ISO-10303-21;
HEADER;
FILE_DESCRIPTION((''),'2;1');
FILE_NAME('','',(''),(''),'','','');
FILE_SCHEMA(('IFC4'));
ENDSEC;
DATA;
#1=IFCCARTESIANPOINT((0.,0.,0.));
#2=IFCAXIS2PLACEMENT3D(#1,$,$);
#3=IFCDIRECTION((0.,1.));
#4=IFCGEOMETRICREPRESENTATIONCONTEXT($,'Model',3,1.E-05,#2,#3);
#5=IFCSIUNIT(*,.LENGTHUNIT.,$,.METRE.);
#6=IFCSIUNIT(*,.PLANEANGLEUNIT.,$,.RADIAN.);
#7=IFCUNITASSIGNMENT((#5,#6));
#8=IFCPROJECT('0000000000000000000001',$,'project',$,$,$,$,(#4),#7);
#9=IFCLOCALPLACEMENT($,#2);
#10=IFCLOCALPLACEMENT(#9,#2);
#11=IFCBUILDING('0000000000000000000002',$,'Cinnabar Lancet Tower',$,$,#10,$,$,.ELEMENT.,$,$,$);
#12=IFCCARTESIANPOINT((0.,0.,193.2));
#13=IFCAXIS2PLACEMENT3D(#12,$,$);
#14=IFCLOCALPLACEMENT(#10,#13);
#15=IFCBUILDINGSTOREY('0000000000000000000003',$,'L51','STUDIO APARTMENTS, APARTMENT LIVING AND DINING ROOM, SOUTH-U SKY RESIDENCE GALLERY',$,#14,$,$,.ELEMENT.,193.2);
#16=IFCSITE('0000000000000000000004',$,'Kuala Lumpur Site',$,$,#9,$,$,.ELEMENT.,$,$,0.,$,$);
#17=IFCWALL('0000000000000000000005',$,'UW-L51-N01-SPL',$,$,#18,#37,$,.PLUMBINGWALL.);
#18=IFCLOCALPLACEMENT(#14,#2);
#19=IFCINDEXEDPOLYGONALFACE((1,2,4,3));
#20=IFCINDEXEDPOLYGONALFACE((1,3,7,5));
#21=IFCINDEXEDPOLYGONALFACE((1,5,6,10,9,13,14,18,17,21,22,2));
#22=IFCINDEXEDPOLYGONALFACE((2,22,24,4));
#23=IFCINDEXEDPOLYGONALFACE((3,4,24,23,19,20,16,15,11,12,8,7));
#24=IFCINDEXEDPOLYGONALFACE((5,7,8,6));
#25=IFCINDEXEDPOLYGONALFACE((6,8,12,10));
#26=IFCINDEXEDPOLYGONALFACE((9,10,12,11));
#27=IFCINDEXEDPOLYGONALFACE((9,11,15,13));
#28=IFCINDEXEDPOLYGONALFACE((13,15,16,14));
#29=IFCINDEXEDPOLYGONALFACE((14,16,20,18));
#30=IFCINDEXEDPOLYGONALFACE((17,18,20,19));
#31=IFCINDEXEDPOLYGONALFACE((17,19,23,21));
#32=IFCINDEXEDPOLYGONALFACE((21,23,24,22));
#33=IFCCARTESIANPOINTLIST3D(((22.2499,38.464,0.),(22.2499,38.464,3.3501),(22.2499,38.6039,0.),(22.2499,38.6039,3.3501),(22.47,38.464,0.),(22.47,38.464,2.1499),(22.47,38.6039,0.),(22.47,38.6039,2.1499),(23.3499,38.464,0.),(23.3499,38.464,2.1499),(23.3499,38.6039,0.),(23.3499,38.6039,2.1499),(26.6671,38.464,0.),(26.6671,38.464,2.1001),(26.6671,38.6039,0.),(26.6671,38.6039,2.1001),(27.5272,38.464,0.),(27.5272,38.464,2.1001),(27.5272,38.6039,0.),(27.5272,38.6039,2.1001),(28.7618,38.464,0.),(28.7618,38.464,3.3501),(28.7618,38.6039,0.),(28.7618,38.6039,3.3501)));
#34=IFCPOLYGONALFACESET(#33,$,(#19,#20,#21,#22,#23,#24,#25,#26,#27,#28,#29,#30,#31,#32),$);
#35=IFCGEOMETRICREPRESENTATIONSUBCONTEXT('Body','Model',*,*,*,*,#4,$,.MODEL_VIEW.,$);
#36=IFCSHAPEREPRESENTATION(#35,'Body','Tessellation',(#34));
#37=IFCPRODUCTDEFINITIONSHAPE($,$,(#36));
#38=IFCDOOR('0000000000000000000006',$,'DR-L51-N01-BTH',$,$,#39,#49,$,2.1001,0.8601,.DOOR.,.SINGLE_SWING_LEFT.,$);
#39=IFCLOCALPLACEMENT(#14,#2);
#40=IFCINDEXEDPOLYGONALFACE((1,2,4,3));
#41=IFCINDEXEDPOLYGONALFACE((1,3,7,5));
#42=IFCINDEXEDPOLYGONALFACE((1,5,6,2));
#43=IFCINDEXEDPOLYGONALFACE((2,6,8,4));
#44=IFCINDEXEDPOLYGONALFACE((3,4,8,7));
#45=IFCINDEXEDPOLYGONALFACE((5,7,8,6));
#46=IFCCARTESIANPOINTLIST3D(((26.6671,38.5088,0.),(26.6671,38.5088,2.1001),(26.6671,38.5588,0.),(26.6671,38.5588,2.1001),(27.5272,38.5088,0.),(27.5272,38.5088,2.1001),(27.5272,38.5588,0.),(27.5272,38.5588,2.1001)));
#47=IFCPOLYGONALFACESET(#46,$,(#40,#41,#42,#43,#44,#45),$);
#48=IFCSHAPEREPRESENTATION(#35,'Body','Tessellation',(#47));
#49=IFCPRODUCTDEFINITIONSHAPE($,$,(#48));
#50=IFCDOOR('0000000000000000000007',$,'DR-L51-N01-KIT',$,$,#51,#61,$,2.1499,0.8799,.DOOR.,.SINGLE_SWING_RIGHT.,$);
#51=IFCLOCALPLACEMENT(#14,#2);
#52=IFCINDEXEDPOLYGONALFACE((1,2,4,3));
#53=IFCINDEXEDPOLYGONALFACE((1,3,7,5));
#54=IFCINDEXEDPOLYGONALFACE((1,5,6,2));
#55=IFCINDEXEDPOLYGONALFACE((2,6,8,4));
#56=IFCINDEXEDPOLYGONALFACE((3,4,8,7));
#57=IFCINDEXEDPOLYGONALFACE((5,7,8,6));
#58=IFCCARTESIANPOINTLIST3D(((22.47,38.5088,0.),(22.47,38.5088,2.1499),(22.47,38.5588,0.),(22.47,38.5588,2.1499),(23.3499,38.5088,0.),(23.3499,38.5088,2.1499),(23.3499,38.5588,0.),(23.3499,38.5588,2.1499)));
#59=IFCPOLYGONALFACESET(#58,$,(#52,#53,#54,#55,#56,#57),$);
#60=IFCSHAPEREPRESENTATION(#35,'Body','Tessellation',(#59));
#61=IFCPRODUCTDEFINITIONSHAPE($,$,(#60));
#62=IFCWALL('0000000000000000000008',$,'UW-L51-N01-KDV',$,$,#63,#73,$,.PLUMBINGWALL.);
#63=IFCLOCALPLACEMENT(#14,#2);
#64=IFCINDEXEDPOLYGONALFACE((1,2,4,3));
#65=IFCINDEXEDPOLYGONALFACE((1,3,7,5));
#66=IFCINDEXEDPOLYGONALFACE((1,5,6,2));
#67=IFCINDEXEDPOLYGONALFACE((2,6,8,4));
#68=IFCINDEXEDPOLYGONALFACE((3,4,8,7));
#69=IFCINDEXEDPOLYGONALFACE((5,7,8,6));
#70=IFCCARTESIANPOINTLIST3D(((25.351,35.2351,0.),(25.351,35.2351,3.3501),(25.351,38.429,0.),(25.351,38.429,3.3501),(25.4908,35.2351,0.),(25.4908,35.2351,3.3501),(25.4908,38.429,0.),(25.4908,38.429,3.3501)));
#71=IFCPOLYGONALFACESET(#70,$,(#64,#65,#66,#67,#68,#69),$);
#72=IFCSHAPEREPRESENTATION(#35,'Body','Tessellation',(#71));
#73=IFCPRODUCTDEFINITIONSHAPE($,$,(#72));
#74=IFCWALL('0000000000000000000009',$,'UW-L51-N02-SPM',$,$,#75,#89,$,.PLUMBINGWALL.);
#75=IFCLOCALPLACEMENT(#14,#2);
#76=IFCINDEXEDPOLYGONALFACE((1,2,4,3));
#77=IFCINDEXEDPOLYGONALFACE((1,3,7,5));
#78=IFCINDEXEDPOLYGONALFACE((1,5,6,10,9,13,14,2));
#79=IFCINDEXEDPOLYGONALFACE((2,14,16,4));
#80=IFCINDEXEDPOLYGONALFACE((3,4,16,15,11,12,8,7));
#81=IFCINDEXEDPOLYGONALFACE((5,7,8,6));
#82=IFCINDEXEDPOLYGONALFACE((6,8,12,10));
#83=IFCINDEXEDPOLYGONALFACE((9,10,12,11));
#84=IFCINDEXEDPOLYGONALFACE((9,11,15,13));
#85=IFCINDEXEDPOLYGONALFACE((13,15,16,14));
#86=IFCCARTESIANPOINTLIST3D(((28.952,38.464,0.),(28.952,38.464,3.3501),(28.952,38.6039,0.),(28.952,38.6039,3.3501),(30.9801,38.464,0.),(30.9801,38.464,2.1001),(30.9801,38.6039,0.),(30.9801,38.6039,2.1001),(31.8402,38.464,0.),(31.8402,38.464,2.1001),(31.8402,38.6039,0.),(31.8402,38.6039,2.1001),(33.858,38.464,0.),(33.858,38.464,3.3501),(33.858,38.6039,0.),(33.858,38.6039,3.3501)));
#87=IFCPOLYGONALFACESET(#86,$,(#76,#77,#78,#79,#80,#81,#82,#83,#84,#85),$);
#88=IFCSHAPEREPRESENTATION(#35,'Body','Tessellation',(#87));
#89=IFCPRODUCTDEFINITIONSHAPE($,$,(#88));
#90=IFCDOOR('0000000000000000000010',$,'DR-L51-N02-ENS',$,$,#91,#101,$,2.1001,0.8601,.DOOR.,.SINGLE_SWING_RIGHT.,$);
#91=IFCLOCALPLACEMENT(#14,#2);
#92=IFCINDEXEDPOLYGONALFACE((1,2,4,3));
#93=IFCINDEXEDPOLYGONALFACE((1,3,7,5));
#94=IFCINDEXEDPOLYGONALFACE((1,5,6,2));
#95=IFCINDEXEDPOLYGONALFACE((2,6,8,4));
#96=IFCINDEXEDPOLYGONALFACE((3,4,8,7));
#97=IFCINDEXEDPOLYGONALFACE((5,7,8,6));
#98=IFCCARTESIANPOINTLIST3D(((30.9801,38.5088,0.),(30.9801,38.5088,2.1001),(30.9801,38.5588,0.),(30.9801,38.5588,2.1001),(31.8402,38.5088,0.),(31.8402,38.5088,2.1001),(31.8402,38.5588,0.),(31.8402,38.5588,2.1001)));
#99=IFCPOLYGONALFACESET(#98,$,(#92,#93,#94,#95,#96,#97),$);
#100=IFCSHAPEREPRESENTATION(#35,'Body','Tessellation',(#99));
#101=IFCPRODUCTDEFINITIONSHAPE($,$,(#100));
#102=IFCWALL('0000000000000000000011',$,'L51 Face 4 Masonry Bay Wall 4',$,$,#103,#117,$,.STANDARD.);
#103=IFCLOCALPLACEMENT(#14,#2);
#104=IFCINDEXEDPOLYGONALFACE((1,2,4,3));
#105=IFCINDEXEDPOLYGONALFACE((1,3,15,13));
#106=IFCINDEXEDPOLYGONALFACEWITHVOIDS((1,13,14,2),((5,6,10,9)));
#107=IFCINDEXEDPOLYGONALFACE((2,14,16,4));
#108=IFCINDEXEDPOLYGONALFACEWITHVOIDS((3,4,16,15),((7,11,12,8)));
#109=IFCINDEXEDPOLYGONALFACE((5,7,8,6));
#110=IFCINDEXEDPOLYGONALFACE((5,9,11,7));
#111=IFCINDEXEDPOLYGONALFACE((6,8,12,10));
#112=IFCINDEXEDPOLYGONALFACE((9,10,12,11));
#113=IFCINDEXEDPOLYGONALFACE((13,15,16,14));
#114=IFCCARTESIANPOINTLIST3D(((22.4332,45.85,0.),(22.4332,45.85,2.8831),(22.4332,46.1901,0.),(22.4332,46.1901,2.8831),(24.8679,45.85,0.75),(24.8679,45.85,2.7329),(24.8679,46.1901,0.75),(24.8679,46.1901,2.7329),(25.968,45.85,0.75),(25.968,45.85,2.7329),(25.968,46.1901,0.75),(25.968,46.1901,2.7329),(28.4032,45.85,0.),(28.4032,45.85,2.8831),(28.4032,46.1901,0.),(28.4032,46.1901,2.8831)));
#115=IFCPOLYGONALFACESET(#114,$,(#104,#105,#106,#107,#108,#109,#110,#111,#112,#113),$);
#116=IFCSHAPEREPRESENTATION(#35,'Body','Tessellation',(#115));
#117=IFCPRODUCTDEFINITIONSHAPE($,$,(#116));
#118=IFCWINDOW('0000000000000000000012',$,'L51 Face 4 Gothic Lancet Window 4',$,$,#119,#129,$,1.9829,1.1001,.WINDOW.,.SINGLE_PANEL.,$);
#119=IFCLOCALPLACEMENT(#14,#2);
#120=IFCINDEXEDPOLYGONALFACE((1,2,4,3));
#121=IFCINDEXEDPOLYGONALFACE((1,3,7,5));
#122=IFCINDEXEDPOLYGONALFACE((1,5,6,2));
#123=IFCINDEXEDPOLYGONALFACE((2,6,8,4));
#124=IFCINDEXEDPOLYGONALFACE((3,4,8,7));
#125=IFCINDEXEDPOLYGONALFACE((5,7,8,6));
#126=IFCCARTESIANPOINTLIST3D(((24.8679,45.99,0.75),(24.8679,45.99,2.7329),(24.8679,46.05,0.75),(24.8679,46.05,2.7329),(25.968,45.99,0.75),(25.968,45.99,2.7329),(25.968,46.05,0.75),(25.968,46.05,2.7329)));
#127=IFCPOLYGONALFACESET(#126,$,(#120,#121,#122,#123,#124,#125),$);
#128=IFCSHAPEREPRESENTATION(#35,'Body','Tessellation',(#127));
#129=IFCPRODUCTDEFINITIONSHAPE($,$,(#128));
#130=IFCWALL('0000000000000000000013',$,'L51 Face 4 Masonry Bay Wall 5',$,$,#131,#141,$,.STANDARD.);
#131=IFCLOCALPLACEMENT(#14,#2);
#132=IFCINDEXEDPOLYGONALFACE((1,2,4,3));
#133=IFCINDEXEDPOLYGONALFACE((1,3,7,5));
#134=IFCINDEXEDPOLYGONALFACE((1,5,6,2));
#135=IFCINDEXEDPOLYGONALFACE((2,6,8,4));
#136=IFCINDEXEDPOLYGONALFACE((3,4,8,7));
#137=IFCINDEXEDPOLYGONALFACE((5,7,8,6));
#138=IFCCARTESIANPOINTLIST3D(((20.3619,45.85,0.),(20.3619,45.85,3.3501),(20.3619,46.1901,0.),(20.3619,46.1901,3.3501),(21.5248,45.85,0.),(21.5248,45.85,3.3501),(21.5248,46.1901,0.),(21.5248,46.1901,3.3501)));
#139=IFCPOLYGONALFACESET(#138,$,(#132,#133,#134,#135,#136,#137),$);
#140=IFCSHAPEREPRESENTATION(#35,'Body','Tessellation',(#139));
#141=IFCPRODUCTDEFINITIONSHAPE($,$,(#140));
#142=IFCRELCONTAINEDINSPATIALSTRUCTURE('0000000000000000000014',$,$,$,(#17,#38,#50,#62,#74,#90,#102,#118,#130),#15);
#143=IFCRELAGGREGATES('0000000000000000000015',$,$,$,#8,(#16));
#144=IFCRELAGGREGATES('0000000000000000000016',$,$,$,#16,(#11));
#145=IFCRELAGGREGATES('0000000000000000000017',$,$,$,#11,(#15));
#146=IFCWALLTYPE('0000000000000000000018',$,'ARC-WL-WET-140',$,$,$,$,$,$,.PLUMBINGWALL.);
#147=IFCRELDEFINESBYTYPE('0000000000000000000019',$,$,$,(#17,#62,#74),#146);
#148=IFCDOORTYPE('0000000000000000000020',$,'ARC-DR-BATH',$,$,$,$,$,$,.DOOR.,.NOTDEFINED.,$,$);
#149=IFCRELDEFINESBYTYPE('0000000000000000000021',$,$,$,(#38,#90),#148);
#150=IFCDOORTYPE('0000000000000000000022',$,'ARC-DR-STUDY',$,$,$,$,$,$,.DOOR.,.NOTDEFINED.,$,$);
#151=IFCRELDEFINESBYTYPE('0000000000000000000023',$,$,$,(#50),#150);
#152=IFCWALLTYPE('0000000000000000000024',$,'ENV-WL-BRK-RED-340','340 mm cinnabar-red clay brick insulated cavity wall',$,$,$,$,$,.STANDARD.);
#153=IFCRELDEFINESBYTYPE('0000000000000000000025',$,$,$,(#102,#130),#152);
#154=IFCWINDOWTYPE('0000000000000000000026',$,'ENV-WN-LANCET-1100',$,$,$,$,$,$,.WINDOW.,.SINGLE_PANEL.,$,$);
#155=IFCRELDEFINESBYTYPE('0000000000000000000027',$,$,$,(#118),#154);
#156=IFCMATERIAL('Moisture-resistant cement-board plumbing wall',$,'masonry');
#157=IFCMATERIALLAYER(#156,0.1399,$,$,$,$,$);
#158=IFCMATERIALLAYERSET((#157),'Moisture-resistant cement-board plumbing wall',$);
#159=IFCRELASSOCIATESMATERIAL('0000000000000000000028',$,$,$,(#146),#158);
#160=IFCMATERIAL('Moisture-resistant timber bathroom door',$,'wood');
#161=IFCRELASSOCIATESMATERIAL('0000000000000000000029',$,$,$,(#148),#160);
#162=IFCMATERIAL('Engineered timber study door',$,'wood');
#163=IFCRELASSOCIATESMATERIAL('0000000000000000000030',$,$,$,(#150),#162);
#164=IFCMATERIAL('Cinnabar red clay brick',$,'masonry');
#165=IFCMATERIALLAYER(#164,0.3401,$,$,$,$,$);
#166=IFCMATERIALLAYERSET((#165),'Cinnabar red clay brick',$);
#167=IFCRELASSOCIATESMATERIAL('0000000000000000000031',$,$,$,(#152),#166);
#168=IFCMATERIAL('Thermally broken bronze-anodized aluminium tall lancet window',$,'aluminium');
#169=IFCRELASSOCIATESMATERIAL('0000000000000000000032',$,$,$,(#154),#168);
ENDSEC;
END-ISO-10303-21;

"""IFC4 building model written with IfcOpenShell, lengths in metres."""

from ifc_helpers import new_model, si_unit, direction, frame, frame_2d, origin, place, context, subcontext, project, spatial, rectangle, extrude, material, layer, layer_set, type_object, element, fill, save


model = new_model("IFC4")

# Units and contexts
model_context = context("Model", 3, precision=1e-05, world=origin(), true_north=direction((0.0, 1.0)))
body_context = subcontext(model_context, "Body", "Model", "MODEL_VIEW")
ifc_project = project(units=[si_unit("LENGTHUNIT", "METRE"), si_unit("PLANEANGLEUNIT", "RADIAN")], contexts=[model_context])

# Site, building, storey
site_placement = place(None, origin())
site = spatial("IfcSite", under=ifc_project, at=site_placement, Name="Kuala Lumpur Site", CompositionType="ELEMENT", RefElevation=0.0)
building_placement = place(site_placement, origin())
building = spatial("IfcBuilding", under=site, at=building_placement, Name="Cinnabar Lancet Tower", CompositionType="ELEMENT")
storey_placement = place(building_placement, frame((0.0, 0.0, 193.2)))
storey = spatial("IfcBuildingStorey", under=building, at=storey_placement, Name="L51", Description="STUDIO APARTMENTS, APARTMENT LIVING AND DINING ROOM, SOUTH-U SKY RESIDENCE GALLERY", CompositionType="ELEMENT", Elevation=193.2)

# Wall, openings, doors
ifc_material_1 = material(Name="Moisture-resistant cement-board plumbing wall", Category="masonry")
ifc_layer_1 = layer(ifc_material_1, 0.1399)
ifc_layer_set_1 = layer_set([ifc_layer_1], Name="Moisture-resistant cement-board plumbing wall")
wall_type_1 = type_object("IfcWallType", Name="ARC-WL-WET-140", PredefinedType="PLUMBINGWALL", material=ifc_layer_set_1)
wall_1_placement = place(storey_placement, frame((22.25, 38.5339, 0.0), z_axis=(0.0, 0.0, 1.0), x_axis=(1.0, 0.0, 0.0)))
wall_1 = element("IfcWall", 1, at=wall_1_placement, inside=storey, type_object=wall_type_1, Name="UW-L51-N01-SPL", PredefinedType="PLUMBINGWALL", context=body_context, shape_type="SweptSolid", body=[
    extrude(rectangle(XDim=6.512, YDim=0.1399, at=frame_2d((3.2559, 0.0))), origin(), (0.0, 0.0, 1.0), 3.3501),
])
opening_1_placement = place(wall_1_placement, frame((4.417, 0.0, 0.0)))
opening_1 = element("IfcOpeningElement", 2, at=opening_1_placement, cuts=wall_1, PredefinedType="OPENING", context=body_context, shape_type="SweptSolid", body=[
    extrude(rectangle(XDim=0.8601, YDim=2.1001, at=frame_2d((0.4302, 1.05))), frame((0.0, 0.0798, 0.0), z_axis=(0.0, -1.0, 0.0), x_axis=(1.0, 0.0, 0.0)), (0.0, 0.0, 1.0), 0.1599),
])
opening_2_placement = place(wall_1_placement, frame((0.22, 0.0, 0.0)))
opening_2 = element("IfcOpeningElement", 3, at=opening_2_placement, cuts=wall_1, PredefinedType="OPENING", context=body_context, shape_type="SweptSolid", body=[
    extrude(rectangle(XDim=0.8799, YDim=2.1499, at=frame_2d((0.4399, 1.075))), frame((0.0, 0.0798, 0.0), z_axis=(0.0, -1.0, 0.0), x_axis=(1.0, 0.0, 0.0)), (0.0, 0.0, 1.0), 0.1599),
])
ifc_material_2 = material(Name="Moisture-resistant timber bathroom door", Category="wood")
door_type_1 = type_object("IfcDoorType", Name="ARC-DR-BATH", OperationType="NOTDEFINED", PredefinedType="DOOR", material=ifc_material_2)
door_1_placement = place(opening_1_placement, origin())
door_1 = element("IfcDoor", 4, at=door_1_placement, inside=storey, type_object=door_type_1, Name="DR-L51-N01-BTH", OperationType="SINGLE_SWING_LEFT", OverallHeight=2.1001, OverallWidth=0.8601, PredefinedType="DOOR", context=body_context, shape_type="SweptSolid", body=[
    extrude(rectangle(XDim=0.8601, YDim=2.1001, at=frame_2d((0.4302, 1.05))), frame((0.0, 0.0249, 0.0), z_axis=(0.0, -1.0, 0.0), x_axis=(1.0, 0.0, 0.0)), (0.0, 0.0, 1.0), 0.05),
])
fill(opening_1, door_1)
ifc_material_3 = material(Name="Engineered timber study door", Category="wood")
door_type_2 = type_object("IfcDoorType", Name="ARC-DR-STUDY", OperationType="NOTDEFINED", PredefinedType="DOOR", material=ifc_material_3)
door_2_placement = place(opening_2_placement, origin())
door_2 = element("IfcDoor", 5, at=door_2_placement, inside=storey, type_object=door_type_2, Name="DR-L51-N01-KIT", OperationType="SINGLE_SWING_RIGHT", OverallHeight=2.1499, OverallWidth=0.8799, PredefinedType="DOOR", context=body_context, shape_type="SweptSolid", body=[
    extrude(rectangle(XDim=0.8799, YDim=2.1499, at=frame_2d((0.4399, 1.075))), frame((0.0, 0.0249, 0.0), z_axis=(0.0, -1.0, 0.0), x_axis=(1.0, 0.0, 0.0)), (0.0, 0.0, 1.0), 0.05),
])
fill(opening_2, door_2)

# Wall
wall_2_placement = place(storey_placement, frame((25.4209, 35.2351, 0.0), z_axis=(0.0, 0.0, 1.0), x_axis=(0.0, 1.0, 0.0)))
element("IfcWall", 6, at=wall_2_placement, inside=storey, type_object=wall_type_1, Name="UW-L51-N01-KDV", PredefinedType="PLUMBINGWALL", context=body_context, shape_type="SweptSolid", body=[
    extrude(rectangle(XDim=3.1938, YDim=0.1399, at=frame_2d((1.5969, 0.0))), origin(), (0.0, 0.0, 1.0), 3.3501),
])

# Wall, opening, door
wall_3_placement = place(storey_placement, frame((28.9519, 38.5339, 0.0), z_axis=(0.0, 0.0, 1.0), x_axis=(1.0, 0.0, 0.0)))
wall_3 = element("IfcWall", 7, at=wall_3_placement, inside=storey, type_object=wall_type_1, Name="UW-L51-N02-SPM", PredefinedType="PLUMBINGWALL", context=body_context, shape_type="SweptSolid", body=[
    extrude(rectangle(XDim=4.906, YDim=0.1399, at=frame_2d((2.4531, 0.0))), origin(), (0.0, 0.0, 1.0), 3.3501),
])
opening_3_placement = place(wall_3_placement, frame((2.0281, 0.0, 0.0)))
opening_3 = element("IfcOpeningElement", 8, at=opening_3_placement, cuts=wall_3, PredefinedType="OPENING", context=body_context, shape_type="SweptSolid", body=[
    extrude(rectangle(XDim=0.8601, YDim=2.1001, at=frame_2d((0.4302, 1.05))), frame((0.0, 0.0798, 0.0), z_axis=(0.0, -1.0, 0.0), x_axis=(1.0, 0.0, 0.0)), (0.0, 0.0, 1.0), 0.1599),
])
door_3_placement = place(opening_3_placement, origin())
door_3 = element("IfcDoor", 9, at=door_3_placement, inside=storey, type_object=door_type_1, Name="DR-L51-N02-ENS", OperationType="SINGLE_SWING_RIGHT", OverallHeight=2.1001, OverallWidth=0.8601, PredefinedType="DOOR", context=body_context, shape_type="SweptSolid", body=[
    extrude(rectangle(XDim=0.8601, YDim=2.1001, at=frame_2d((0.4302, 1.05))), frame((0.0, 0.0249, 0.0), z_axis=(0.0, -1.0, 0.0), x_axis=(1.0, 0.0, 0.0)), (0.0, 0.0, 1.0), 0.05),
])
fill(opening_3, door_3)

# Wall, opening, window
ifc_material_4 = material(Name="Cinnabar red clay brick", Category="masonry")
ifc_layer_2 = layer(ifc_material_4, 0.3401)
ifc_layer_set_2 = layer_set([ifc_layer_2], Name="Cinnabar red clay brick")
wall_type_2 = type_object("IfcWallType", Name="ENV-WL-BRK-RED-340", Description="340 mm cinnabar-red clay brick insulated cavity wall", PredefinedType="STANDARD", material=ifc_layer_set_2)
wall_4_placement = place(storey_placement, frame((28.4031, 46.02, 0.0), z_axis=(0.0, 0.0, 1.0), x_axis=(-1.0, 0.0, 0.0)))
wall_4 = element("IfcWall", 10, at=wall_4_placement, inside=storey, type_object=wall_type_2, Name="L51 Face 4 Masonry Bay Wall 4", PredefinedType="STANDARD", context=body_context, shape_type="SweptSolid", body=[
    extrude(rectangle(XDim=5.97, YDim=0.3401, at=frame_2d((2.9849, 0.0))), origin(), (0.0, 0.0, 1.0), 2.8831),
])
opening_4_placement = place(wall_4_placement, frame((2.4351, 0.0, 0.75)))
opening_4 = element("IfcOpeningElement", 11, at=opening_4_placement, cuts=wall_4, PredefinedType="OPENING", context=body_context, shape_type="SweptSolid", body=[
    extrude(rectangle(XDim=1.1001, YDim=1.9829, at=frame_2d((0.55, 0.9915))), frame((0.0, 0.1799, 0.0), z_axis=(0.0, -1.0, 0.0), x_axis=(1.0, 0.0, 0.0)), (0.0, 0.0, 1.0), 0.3601),
])
ifc_material_5 = material(Name="Thermally broken bronze-anodized aluminium tall lancet window", Category="aluminium")
window_type = type_object("IfcWindowType", Name="ENV-WN-LANCET-1100", PartitioningType="SINGLE_PANEL", PredefinedType="WINDOW", material=ifc_material_5)
window_placement = place(opening_4_placement, origin())
window = element("IfcWindow", 12, at=window_placement, inside=storey, type_object=window_type, Name="L51 Face 4 Gothic Lancet Window 4", OverallHeight=1.9829, OverallWidth=1.1001, PartitioningType="SINGLE_PANEL", PredefinedType="WINDOW", context=body_context, shape_type="SweptSolid", body=[
    extrude(rectangle(XDim=1.1001, YDim=1.9829, at=frame_2d((0.55, 0.9915))), frame((0.0, 0.03, 0.0), z_axis=(0.0, -1.0, 0.0), x_axis=(1.0, 0.0, 0.0)), (0.0, 0.0, 1.0), 0.0601),
])
fill(opening_4, window)

# Wall
wall_5_placement = place(storey_placement, frame((21.5249, 46.02, 0.0), z_axis=(0.0, 0.0, 1.0), x_axis=(-1.0, 0.0, 0.0)))
element("IfcWall", 13, at=wall_5_placement, inside=storey, type_object=wall_type_2, Name="L51 Face 4 Masonry Bay Wall 5", PredefinedType="STANDARD", context=body_context, shape_type="SweptSolid", body=[
    extrude(rectangle(XDim=1.1628, YDim=0.3401, at=frame_2d((0.5815, 0.0))), origin(), (0.0, 0.0, 1.0), 3.3501),
])

save(model, "model.ifc")
